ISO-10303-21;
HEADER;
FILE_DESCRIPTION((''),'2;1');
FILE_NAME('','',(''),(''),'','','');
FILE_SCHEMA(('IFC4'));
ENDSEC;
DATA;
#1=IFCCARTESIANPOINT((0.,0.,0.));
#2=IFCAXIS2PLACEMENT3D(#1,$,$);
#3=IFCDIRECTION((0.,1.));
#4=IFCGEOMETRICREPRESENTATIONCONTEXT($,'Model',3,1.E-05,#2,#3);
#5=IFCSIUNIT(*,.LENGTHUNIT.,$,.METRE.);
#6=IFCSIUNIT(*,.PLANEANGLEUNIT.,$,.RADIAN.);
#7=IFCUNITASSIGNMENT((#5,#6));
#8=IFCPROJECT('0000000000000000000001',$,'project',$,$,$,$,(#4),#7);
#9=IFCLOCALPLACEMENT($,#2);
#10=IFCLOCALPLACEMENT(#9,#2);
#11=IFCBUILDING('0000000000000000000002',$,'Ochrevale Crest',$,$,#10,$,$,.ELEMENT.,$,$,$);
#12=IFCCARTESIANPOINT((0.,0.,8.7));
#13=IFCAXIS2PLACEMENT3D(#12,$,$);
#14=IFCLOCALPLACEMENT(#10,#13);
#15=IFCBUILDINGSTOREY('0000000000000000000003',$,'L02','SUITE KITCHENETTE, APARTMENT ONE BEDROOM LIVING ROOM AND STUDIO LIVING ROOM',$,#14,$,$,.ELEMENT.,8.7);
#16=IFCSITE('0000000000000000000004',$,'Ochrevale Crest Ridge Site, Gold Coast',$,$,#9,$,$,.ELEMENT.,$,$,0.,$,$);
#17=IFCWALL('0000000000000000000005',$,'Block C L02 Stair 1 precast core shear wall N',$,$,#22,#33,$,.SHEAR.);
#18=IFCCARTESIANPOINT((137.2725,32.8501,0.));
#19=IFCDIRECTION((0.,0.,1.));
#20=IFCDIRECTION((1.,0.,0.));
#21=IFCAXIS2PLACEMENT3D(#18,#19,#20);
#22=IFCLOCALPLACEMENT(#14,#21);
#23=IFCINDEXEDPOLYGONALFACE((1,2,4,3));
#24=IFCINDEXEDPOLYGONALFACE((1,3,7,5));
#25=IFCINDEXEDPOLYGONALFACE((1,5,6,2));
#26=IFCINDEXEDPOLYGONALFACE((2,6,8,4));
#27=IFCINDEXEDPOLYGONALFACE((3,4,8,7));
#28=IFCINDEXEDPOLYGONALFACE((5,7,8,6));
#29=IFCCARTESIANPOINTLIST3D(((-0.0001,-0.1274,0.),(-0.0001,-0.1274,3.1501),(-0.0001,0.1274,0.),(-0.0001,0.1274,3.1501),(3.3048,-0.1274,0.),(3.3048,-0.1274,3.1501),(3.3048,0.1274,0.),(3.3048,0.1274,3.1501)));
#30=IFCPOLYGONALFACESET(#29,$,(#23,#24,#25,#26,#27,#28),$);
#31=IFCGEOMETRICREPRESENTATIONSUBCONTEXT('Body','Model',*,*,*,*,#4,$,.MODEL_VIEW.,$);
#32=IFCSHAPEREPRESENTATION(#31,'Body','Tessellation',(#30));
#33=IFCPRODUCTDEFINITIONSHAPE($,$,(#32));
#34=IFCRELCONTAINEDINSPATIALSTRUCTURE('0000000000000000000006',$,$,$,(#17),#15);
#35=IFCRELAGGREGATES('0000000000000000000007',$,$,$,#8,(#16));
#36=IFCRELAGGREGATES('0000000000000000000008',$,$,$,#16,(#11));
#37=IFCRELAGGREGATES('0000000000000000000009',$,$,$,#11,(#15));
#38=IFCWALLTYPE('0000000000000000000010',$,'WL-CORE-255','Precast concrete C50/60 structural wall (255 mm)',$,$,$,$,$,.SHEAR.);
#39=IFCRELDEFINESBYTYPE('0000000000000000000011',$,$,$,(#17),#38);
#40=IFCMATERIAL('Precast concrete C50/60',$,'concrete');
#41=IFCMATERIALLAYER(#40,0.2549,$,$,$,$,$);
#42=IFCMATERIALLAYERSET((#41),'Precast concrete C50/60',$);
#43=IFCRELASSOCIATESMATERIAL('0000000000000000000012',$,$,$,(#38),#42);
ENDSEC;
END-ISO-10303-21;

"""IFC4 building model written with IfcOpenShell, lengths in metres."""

from ifc_helpers import new_model, si_unit, direction, frame, frame_2d, origin, place, context, subcontext, project, spatial, rectangle, extrude, material, layer, layer_set, type_object, element, save


model = new_model("IFC4")

# Units and contexts
model_context = context("Model", 3, precision=1e-05, world=origin(), true_north=direction((0.0, 1.0)))
body_context = subcontext(model_context, "Body", "Model", "MODEL_VIEW")
ifc_project = project(units=[si_unit("LENGTHUNIT", "METRE"), si_unit("PLANEANGLEUNIT", "RADIAN")], contexts=[model_context])

# Site, building, storey
site_placement = place(None, origin())
site = spatial("IfcSite", under=ifc_project, at=site_placement, Name="Ochrevale Crest Ridge Site, Gold Coast", CompositionType="ELEMENT", RefElevation=0.0)
building_placement = place(site_placement, origin())
building = spatial("IfcBuilding", under=site, at=building_placement, Name="Ochrevale Crest", CompositionType="ELEMENT")
storey_placement = place(building_placement, frame((0.0, 0.0, 8.7)))
storey = spatial("IfcBuildingStorey", under=building, at=storey_placement, Name="L02", Description="SUITE KITCHENETTE, APARTMENT ONE BEDROOM LIVING ROOM AND STUDIO LIVING ROOM", CompositionType="ELEMENT", Elevation=8.7)

# Shared definitions
ifc_material_1 = material(Name="Precast concrete C50/60", Category="concrete")

# Wall
ifc_layer_1 = layer(ifc_material_1, 0.2549)
ifc_layer_set_1 = layer_set([ifc_layer_1], Name="Precast concrete C50/60")
wall_type_1 = type_object("IfcWallType", Name="WL-CORE-255", Description="Precast concrete C50/60 structural wall (255 mm)", PredefinedType="SHEAR", material=ifc_layer_set_1)
wall_1_placement = place(storey_placement, frame((137.2725, 32.8501, 0.0), z_axis=(0.0, 0.0, 1.0), x_axis=(1.0, 0.0, 0.0)))
element("IfcWall", 1, at=wall_1_placement, inside=storey, type_object=wall_type_1, Name="Block C L02 Stair 1 precast core shear wall N", PredefinedType="SHEAR", context=body_context, shape_type="SweptSolid", body=[
    extrude(rectangle(XDim=3.3049, YDim=0.2549, at=frame_2d((1.6523, 0.0))), origin(), (0.0, 0.0, 1.0), 3.1501),
])

save(model, "model.ifc")
